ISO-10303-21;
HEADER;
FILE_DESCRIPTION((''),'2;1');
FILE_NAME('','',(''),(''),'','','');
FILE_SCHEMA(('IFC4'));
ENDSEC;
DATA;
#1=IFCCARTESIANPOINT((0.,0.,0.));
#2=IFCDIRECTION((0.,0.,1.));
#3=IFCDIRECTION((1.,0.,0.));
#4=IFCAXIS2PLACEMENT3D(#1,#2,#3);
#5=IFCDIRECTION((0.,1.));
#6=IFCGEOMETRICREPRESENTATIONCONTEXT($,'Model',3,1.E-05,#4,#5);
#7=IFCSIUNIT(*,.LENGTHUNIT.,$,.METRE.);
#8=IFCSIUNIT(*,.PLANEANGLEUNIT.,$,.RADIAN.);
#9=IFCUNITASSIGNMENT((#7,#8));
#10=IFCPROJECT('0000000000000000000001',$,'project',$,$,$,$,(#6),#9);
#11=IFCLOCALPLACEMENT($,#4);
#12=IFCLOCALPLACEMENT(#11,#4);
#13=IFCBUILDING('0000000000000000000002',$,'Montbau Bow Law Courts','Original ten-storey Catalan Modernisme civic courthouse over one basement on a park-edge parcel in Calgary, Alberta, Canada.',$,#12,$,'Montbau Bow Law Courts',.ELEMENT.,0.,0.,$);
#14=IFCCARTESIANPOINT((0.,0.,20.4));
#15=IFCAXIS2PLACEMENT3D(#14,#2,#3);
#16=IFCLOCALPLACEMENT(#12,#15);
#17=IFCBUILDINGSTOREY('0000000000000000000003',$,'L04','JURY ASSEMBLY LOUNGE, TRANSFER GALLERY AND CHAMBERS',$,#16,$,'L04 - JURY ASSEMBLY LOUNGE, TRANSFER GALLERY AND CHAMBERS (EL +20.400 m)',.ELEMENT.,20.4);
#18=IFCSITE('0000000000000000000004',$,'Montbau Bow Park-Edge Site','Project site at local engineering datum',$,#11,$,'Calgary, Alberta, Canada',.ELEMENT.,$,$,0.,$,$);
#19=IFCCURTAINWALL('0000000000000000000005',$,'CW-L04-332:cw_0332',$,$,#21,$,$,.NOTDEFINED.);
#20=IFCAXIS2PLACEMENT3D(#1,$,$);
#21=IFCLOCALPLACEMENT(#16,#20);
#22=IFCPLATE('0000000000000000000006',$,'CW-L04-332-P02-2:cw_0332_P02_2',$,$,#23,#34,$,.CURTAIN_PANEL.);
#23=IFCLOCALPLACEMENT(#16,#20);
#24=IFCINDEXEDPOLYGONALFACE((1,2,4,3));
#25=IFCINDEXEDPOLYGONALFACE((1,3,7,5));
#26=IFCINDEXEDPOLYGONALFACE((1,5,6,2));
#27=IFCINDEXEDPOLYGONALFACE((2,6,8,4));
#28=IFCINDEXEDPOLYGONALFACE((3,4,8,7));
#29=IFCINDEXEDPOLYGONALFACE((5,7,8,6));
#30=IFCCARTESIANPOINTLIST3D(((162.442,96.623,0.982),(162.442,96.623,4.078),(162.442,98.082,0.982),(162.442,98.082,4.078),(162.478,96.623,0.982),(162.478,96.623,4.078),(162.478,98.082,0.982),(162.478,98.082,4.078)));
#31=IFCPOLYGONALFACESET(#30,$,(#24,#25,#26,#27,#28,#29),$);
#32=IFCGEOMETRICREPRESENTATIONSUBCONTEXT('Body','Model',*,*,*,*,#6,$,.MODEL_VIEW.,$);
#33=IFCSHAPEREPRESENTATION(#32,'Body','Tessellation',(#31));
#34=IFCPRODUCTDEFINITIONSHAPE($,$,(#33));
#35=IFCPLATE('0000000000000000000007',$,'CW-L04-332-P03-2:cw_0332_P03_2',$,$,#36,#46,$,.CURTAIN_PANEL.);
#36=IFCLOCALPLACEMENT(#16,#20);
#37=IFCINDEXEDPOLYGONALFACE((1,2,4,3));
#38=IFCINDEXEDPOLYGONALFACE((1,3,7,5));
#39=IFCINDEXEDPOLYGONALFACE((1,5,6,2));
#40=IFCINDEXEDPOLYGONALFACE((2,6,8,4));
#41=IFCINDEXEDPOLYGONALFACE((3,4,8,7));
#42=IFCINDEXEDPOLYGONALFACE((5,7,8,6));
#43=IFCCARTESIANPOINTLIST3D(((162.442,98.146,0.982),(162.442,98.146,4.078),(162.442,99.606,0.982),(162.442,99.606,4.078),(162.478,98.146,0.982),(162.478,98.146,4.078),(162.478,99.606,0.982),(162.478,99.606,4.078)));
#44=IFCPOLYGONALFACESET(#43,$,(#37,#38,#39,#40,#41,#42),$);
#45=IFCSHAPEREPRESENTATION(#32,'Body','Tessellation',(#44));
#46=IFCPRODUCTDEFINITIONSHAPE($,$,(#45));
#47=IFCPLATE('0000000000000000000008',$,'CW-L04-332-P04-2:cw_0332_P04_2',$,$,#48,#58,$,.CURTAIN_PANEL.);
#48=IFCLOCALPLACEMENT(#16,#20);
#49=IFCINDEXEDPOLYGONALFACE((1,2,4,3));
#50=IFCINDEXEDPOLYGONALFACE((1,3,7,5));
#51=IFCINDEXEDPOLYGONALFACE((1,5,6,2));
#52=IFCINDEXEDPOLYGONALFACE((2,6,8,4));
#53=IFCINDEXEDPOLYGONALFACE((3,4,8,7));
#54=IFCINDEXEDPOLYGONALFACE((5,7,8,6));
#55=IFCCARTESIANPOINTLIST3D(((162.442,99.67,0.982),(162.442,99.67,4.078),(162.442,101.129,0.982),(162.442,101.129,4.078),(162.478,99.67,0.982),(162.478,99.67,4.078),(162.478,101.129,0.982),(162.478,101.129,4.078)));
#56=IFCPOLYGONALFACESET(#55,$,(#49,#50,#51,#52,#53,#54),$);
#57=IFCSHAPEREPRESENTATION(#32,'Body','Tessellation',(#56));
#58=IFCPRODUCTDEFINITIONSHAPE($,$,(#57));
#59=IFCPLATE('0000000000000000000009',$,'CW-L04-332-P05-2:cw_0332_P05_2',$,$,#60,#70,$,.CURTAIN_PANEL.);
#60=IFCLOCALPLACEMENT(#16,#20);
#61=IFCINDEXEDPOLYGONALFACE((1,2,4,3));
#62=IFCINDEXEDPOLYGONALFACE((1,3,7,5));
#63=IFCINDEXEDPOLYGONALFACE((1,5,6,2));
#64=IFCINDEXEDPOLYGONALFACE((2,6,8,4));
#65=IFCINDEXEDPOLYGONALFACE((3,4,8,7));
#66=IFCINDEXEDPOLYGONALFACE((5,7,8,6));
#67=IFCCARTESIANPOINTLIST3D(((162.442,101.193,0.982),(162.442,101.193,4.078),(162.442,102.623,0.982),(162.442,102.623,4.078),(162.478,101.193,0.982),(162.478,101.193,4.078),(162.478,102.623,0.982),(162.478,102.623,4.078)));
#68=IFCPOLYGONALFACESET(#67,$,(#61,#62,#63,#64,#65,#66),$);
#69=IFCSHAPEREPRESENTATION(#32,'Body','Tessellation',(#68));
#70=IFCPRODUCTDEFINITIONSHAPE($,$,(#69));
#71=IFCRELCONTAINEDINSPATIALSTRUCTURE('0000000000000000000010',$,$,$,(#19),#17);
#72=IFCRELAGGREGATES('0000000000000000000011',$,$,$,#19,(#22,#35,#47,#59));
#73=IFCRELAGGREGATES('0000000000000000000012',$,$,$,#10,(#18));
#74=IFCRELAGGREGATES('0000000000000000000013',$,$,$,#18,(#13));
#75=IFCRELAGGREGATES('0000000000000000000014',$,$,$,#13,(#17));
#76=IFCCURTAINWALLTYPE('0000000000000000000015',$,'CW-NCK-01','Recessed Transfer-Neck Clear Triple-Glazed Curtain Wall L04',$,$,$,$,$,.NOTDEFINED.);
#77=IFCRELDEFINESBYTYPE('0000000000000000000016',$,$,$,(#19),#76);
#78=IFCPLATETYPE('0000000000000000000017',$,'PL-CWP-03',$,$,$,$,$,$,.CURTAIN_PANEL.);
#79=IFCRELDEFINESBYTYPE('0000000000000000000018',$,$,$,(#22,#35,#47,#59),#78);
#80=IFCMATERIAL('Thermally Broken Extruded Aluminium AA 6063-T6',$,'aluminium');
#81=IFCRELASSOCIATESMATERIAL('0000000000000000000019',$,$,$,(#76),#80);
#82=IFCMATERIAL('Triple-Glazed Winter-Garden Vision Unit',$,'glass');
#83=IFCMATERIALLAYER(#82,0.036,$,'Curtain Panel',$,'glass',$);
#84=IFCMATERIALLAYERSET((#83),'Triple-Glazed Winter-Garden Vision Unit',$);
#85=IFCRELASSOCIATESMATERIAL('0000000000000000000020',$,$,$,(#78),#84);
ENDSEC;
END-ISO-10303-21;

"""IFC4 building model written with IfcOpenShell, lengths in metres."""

from ifc_helpers import new_model, si_unit, direction, frame, frame_2d, origin_with_axes, place, context, subcontext, project, spatial, rectangle, extrude, material, layer, layer_set, type_object, element, aggregate, save


model = new_model("IFC4")

# Units and contexts
model_context = context("Model", 3, precision=1e-05, world=origin_with_axes(), true_north=direction((0.0, 1.0)))
body_context = subcontext(model_context, "Body", "Model", "MODEL_VIEW")
ifc_project = project(units=[si_unit("LENGTHUNIT", "METRE"), si_unit("PLANEANGLEUNIT", "RADIAN")], contexts=[model_context])

# Site, building, storey
site_placement = place(None, origin_with_axes())
site = spatial("IfcSite", under=ifc_project, at=site_placement, Name="Montbau Bow Park-Edge Site", Description="Project site at local engineering datum", LongName="Calgary, Alberta, Canada", CompositionType="ELEMENT", RefElevation=0.0)
building_placement = place(site_placement, origin_with_axes())
building = spatial("IfcBuilding", under=site, at=building_placement, Name="Montbau Bow Law Courts", Description="Original ten-storey Catalan Modernisme civic courthouse over one basement on a park-edge parcel in Calgary, Alberta, Canada.", LongName="Montbau Bow Law Courts", CompositionType="ELEMENT", ElevationOfRefHeight=0.0, ElevationOfTerrain=0.0)
storey_placement = place(building_placement, frame((0.0, 0.0, 20.4), z_axis=(0.0, 0.0, 1.0), x_axis=(1.0, 0.0, 0.0)))
storey = spatial("IfcBuildingStorey", under=building, at=storey_placement, Name="L04", Description="JURY ASSEMBLY LOUNGE, TRANSFER GALLERY AND CHAMBERS", LongName="L04 - JURY ASSEMBLY LOUNGE, TRANSFER GALLERY AND CHAMBERS (EL +20.400 m)", CompositionType="ELEMENT", Elevation=20.4)

# Curtain wall, plates
ifc_material_1 = material(Name="Thermally Broken Extruded Aluminium AA 6063-T6", Category="aluminium")
curtain_wall_type = type_object("IfcCurtainWallType", Name="CW-NCK-01", Description="Recessed Transfer-Neck Clear Triple-Glazed Curtain Wall L04", PredefinedType="NOTDEFINED", material=ifc_material_1)
curtain_wall_placement = place(None, frame((162.46, 95.067, 20.4), z_axis=(0.0, 0.0, 1.0), x_axis=(1.0, 0.0, 0.0)))
curtain_wall = element("IfcCurtainWall", 1, at=curtain_wall_placement, inside=storey, type_object=curtain_wall_type, Name="CW-L04-332:cw_0332", PredefinedType="NOTDEFINED")
ifc_material_2 = material(Name="Triple-Glazed Winter-Garden Vision Unit", Category="glass")
ifc_layer_1 = layer(ifc_material_2, 0.036, Name="Curtain Panel", Category="glass")
ifc_layer_set_1 = layer_set([ifc_layer_1], Name="Triple-Glazed Winter-Garden Vision Unit")
plate_type_1 = type_object("IfcPlateType", Name="PL-CWP-03", PredefinedType="CURTAIN_PANEL", material=ifc_layer_set_1)
plate_1_placement = place(None, frame((162.46, 96.623, 21.382), z_axis=(1.0, 0.0, 0.0), x_axis=(0.0, 1.0, 0.0)))
plate_1 = element("IfcPlate", 2, at=plate_1_placement, type_object=plate_type_1, Name="CW-L04-332-P02-2:cw_0332_P02_2", PredefinedType="CURTAIN_PANEL", context=body_context, shape_type="SweptSolid", body=[
    extrude(rectangle(XDim=1.459, YDim=3.096, at=frame_2d((0.7295, 1.548), x_axis=(1.0, 0.0))), frame((0.0, 0.0, -0.018), z_axis=(0.0, 0.0, 1.0), x_axis=(1.0, 0.0, 0.0)), (0.0, 0.0, 1.0), 0.036),
])
plate_2_placement = place(None, frame((162.46, 98.146, 21.382), z_axis=(1.0, 0.0, 0.0), x_axis=(0.0, 1.0, 0.0)))
plate_2 = element("IfcPlate", 3, at=plate_2_placement, type_object=plate_type_1, Name="CW-L04-332-P03-2:cw_0332_P03_2", PredefinedType="CURTAIN_PANEL", context=body_context, shape_type="SweptSolid", body=[
    extrude(rectangle(XDim=1.46, YDim=3.096, at=frame_2d((0.73, 1.548), x_axis=(1.0, 0.0))), frame((0.0, 0.0, -0.018), z_axis=(0.0, 0.0, 1.0), x_axis=(1.0, 0.0, 0.0)), (0.0, 0.0, 1.0), 0.036),
])
plate_3_placement = place(None, frame((162.46, 99.67, 21.382), z_axis=(1.0, 0.0, 0.0), x_axis=(0.0, 1.0, 0.0)))
plate_3 = element("IfcPlate", 4, at=plate_3_placement, type_object=plate_type_1, Name="CW-L04-332-P04-2:cw_0332_P04_2", PredefinedType="CURTAIN_PANEL", context=body_context, shape_type="SweptSolid", body=[
    extrude(rectangle(XDim=1.459, YDim=3.096, at=frame_2d((0.7295, 1.548), x_axis=(1.0, 0.0))), frame((0.0, 0.0, -0.018), z_axis=(0.0, 0.0, 1.0), x_axis=(1.0, 0.0, 0.0)), (0.0, 0.0, 1.0), 0.036),
])
plate_4_placement = place(None, frame((162.46, 101.193, 21.382), z_axis=(1.0, 0.0, 0.0), x_axis=(0.0, 1.0, 0.0)))
plate_4 = element("IfcPlate", 5, at=plate_4_placement, type_object=plate_type_1, Name="CW-L04-332-P05-2:cw_0332_P05_2", PredefinedType="CURTAIN_PANEL", context=body_context, shape_type="SweptSolid", body=[
    extrude(rectangle(XDim=1.43, YDim=3.096, at=frame_2d((0.715, 1.548), x_axis=(1.0, 0.0))), frame((0.0, 0.0, -0.018), z_axis=(0.0, 0.0, 1.0), x_axis=(1.0, 0.0, 0.0)), (0.0, 0.0, 1.0), 0.036),
])
aggregate(curtain_wall, [plate_1, plate_2, plate_3, plate_4])

save(model, "model.ifc")
